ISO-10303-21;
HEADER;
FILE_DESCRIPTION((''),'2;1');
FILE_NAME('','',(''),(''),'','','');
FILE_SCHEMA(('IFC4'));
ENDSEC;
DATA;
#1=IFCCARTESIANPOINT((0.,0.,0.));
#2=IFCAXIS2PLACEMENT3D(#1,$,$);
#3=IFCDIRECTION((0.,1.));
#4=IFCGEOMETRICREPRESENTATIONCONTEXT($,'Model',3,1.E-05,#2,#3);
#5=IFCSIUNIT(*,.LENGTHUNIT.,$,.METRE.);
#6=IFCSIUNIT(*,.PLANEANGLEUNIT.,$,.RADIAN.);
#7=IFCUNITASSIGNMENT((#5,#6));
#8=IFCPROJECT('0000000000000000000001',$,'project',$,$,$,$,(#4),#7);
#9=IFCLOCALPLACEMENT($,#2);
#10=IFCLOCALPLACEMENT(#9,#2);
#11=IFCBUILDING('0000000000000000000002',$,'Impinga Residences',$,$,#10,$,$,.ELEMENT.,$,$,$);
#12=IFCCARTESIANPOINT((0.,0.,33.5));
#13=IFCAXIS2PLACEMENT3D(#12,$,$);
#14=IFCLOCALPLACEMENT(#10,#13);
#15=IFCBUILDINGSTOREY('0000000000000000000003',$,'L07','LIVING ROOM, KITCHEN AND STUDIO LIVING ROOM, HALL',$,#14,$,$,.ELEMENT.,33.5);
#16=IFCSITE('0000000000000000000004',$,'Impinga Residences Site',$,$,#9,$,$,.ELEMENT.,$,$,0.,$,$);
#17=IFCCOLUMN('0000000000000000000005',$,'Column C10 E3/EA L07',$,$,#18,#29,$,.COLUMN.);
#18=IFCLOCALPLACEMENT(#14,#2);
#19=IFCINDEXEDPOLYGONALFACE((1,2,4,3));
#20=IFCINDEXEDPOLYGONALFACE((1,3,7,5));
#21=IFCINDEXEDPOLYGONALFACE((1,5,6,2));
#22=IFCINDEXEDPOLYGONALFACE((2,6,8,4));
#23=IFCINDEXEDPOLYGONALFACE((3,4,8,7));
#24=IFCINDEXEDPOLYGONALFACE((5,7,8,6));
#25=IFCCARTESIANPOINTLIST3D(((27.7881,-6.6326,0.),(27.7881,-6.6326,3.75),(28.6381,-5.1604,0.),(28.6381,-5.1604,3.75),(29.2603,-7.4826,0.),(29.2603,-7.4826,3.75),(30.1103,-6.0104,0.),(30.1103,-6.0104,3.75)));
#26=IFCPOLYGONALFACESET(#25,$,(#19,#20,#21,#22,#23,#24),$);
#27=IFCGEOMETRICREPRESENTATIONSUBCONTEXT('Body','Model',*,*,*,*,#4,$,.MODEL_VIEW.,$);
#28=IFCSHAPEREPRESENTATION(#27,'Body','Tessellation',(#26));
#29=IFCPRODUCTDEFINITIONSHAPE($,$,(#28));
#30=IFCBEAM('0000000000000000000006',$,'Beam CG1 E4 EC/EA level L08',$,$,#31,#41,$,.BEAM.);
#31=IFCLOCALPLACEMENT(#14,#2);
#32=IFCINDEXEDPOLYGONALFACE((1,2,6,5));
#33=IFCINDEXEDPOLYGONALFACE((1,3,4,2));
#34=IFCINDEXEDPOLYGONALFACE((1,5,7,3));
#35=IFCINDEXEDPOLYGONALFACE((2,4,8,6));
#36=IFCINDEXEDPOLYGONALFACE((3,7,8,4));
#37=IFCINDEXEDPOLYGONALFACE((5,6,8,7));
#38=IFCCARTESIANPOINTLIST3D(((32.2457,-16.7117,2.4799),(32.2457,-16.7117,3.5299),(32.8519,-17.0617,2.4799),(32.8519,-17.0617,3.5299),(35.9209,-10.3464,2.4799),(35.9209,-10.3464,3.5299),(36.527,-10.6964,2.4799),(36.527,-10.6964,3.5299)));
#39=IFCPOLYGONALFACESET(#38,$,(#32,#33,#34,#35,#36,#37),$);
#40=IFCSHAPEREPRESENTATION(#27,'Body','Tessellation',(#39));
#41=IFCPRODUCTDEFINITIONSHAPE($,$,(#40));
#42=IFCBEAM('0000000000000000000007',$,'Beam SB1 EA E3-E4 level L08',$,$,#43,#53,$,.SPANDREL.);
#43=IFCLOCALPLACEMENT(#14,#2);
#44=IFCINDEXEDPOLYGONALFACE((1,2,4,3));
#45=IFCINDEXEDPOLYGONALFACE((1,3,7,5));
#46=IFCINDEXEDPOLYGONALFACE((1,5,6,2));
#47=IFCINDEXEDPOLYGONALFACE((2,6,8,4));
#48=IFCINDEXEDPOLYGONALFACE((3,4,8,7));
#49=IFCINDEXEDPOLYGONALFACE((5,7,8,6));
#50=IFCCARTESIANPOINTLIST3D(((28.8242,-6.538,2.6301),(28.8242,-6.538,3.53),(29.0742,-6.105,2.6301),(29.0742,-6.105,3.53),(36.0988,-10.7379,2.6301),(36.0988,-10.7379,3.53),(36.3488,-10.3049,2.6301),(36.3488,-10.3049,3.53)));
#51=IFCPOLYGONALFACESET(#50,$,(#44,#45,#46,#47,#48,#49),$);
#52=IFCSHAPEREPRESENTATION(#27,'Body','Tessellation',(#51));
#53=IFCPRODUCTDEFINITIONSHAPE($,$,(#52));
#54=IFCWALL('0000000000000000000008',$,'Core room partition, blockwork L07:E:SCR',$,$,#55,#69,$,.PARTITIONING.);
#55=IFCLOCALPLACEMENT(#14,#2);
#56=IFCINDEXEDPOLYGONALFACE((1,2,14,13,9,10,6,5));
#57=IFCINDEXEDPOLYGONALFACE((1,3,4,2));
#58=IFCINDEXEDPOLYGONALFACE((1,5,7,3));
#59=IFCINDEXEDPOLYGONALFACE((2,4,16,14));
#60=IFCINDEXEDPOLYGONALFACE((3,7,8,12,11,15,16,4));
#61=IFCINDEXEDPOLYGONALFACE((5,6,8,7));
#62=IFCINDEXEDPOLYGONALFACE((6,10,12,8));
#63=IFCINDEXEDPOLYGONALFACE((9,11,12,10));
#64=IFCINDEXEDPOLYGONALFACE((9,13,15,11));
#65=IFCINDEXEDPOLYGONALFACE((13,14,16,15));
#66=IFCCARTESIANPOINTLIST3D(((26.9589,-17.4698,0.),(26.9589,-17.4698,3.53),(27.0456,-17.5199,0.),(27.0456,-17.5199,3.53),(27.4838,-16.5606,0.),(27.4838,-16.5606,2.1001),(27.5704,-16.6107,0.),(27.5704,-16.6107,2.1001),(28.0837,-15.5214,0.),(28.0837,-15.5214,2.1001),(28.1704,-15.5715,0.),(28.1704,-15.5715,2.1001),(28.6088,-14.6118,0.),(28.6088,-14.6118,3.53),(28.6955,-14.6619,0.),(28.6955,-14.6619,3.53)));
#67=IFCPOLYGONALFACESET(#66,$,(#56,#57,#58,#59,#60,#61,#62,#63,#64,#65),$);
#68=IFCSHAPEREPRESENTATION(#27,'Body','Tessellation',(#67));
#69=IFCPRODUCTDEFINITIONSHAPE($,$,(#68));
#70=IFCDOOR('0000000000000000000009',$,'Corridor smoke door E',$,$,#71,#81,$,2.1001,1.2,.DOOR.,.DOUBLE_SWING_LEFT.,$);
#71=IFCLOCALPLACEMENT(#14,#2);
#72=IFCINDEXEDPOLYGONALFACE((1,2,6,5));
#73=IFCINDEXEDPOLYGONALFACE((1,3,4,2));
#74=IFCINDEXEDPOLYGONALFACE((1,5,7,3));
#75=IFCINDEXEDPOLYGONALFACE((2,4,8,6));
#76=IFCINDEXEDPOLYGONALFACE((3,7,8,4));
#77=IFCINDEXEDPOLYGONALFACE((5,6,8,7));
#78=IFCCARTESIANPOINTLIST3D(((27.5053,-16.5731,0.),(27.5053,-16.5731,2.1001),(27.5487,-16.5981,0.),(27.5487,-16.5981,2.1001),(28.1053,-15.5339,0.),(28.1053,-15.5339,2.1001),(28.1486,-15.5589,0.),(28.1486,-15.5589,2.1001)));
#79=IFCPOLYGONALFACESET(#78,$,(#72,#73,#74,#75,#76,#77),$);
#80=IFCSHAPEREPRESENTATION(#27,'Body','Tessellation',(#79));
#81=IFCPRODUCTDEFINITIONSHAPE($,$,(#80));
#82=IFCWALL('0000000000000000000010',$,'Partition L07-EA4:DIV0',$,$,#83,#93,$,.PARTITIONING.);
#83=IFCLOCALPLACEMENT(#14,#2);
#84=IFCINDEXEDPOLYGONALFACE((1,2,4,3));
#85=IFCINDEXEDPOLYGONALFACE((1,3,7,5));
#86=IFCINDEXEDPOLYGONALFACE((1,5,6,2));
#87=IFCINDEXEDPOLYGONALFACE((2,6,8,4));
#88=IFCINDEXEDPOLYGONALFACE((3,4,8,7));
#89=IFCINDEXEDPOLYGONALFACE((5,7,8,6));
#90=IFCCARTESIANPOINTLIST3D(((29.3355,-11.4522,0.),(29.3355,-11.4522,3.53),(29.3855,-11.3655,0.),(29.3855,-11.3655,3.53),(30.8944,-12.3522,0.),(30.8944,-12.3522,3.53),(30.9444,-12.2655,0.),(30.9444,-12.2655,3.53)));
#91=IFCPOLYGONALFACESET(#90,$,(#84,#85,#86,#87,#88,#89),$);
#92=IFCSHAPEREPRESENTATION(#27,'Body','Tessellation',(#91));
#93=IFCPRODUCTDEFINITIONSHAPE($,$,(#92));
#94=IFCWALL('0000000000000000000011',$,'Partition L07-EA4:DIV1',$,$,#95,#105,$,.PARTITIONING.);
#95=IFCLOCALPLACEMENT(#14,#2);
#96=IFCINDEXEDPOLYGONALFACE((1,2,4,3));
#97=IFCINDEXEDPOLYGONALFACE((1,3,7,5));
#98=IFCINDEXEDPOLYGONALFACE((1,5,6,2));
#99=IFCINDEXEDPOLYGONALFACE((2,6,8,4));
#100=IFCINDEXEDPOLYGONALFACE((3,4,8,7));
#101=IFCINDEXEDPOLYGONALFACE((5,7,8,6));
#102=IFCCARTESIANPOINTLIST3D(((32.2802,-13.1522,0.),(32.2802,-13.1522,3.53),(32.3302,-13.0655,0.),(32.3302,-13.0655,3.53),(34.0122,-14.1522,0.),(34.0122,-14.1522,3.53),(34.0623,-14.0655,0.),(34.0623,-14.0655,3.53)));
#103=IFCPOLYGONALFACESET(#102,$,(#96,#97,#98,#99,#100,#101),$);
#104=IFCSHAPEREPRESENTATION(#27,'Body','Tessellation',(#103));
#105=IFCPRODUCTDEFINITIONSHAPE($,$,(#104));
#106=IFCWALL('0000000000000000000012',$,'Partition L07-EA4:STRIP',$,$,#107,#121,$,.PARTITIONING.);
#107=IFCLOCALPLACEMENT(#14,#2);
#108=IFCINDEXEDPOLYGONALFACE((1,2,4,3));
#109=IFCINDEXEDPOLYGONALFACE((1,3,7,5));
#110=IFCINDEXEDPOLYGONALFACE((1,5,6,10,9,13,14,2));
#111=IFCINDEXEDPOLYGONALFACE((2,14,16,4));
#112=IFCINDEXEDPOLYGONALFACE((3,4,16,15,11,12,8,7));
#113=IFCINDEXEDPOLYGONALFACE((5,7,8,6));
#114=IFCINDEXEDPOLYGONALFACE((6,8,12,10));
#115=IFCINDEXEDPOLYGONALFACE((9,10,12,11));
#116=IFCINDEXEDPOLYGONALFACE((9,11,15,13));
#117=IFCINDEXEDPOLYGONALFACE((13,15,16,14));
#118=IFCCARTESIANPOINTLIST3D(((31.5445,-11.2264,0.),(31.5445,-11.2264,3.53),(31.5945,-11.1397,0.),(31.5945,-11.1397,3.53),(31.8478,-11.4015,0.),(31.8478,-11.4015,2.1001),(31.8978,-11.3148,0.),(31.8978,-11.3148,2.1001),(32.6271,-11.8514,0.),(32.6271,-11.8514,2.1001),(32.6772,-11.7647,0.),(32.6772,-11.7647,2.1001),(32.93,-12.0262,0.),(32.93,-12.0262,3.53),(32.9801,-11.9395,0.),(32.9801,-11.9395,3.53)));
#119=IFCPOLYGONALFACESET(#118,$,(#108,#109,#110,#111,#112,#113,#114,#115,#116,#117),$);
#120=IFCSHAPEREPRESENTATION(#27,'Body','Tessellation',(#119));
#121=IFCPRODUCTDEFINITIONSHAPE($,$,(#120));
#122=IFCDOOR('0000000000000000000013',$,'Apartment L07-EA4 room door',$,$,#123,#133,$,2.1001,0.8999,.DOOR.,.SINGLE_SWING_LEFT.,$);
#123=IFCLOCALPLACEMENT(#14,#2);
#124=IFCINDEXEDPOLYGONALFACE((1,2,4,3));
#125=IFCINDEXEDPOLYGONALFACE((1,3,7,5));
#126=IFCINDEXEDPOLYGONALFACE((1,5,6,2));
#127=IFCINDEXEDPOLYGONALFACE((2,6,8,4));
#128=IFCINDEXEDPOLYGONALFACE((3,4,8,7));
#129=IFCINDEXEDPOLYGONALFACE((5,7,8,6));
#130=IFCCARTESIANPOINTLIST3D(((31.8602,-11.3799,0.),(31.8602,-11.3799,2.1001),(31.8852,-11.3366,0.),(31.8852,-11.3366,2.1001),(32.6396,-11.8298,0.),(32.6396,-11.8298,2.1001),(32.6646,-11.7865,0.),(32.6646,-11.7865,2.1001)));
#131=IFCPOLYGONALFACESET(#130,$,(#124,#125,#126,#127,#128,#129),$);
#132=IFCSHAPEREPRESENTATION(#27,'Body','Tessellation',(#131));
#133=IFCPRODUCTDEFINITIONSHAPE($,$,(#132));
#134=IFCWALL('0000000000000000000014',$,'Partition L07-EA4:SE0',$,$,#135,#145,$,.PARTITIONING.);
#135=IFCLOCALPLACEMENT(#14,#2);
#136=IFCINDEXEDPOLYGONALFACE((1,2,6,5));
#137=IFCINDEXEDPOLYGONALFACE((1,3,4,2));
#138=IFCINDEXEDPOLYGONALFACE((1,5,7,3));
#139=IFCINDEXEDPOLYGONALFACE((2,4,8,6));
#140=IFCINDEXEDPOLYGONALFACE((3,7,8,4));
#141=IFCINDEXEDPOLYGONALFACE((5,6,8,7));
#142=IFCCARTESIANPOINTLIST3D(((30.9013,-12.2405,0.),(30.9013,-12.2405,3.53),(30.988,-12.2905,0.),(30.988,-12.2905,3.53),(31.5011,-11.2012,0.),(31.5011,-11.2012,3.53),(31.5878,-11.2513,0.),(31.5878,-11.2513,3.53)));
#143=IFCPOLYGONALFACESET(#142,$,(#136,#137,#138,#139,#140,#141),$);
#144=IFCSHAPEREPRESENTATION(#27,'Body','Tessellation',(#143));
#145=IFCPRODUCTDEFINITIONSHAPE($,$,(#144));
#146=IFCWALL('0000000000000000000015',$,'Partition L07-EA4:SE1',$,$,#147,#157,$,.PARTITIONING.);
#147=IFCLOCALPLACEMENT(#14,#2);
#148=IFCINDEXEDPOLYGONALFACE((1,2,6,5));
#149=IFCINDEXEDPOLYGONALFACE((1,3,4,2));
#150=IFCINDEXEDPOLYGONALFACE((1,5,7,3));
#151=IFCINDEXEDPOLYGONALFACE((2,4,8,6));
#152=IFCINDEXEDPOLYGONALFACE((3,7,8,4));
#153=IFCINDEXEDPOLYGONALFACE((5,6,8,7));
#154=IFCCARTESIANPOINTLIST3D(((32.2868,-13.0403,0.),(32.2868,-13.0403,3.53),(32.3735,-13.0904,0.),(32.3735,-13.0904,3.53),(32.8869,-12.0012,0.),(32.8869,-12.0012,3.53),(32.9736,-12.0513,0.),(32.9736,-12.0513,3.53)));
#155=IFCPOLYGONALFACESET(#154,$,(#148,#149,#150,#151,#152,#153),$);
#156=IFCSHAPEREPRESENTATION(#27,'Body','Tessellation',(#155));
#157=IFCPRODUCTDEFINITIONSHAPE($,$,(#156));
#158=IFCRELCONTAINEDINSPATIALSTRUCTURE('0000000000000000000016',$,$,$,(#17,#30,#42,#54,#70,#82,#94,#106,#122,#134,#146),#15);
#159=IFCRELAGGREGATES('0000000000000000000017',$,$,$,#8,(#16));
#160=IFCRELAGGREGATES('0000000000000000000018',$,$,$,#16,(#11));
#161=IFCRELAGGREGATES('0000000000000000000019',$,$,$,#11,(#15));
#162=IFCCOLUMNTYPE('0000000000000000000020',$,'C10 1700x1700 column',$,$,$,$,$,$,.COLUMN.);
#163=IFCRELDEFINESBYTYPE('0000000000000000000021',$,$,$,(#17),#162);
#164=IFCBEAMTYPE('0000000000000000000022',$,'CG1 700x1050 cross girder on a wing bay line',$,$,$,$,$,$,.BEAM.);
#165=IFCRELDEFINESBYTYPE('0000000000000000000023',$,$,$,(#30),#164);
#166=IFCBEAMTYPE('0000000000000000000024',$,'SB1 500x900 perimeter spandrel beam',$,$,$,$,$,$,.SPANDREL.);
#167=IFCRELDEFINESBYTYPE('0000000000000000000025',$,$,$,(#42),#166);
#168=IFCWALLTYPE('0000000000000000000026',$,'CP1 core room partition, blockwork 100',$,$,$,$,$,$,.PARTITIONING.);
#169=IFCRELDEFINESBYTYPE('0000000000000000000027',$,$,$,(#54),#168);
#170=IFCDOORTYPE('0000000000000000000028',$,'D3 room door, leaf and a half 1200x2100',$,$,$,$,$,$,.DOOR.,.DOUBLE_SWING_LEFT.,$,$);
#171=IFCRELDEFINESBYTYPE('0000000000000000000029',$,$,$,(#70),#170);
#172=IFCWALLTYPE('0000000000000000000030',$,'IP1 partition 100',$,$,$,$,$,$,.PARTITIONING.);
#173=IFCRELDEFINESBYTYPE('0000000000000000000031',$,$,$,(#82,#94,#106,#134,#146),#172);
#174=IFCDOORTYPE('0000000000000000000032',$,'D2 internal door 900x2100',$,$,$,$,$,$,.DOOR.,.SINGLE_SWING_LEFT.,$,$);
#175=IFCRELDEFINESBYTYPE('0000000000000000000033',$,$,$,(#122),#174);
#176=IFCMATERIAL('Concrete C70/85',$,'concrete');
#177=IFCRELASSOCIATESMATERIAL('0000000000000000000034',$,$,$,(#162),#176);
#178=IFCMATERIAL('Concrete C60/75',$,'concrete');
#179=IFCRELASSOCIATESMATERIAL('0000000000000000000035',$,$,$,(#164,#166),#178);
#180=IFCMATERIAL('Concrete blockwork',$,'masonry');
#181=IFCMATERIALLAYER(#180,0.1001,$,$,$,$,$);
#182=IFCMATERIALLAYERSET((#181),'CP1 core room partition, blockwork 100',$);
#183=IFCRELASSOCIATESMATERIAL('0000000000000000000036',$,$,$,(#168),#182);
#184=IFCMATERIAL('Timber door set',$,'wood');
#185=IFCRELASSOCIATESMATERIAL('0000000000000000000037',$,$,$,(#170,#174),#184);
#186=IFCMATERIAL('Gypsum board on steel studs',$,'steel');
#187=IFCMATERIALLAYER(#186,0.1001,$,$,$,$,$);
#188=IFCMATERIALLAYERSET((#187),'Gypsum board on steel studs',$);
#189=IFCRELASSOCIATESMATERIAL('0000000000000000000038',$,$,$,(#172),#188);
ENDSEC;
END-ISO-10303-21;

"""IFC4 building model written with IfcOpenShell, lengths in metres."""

from ifc_helpers import new_model, si_unit, direction, frame, frame_2d, origin, origin_2d, place, context, subcontext, project, spatial, rectangle, extrude, material, layer, layer_set, material_profile, profile_set, type_object, element, fill, save


model = new_model("IFC4")

# Units and contexts
model_context = context("Model", 3, precision=1e-05, world=origin(), true_north=direction((0.0, 1.0)))
body_context = subcontext(model_context, "Body", "Model", "MODEL_VIEW")
ifc_project = project(units=[si_unit("LENGTHUNIT", "METRE"), si_unit("PLANEANGLEUNIT", "RADIAN")], contexts=[model_context])

# Site, building, storey
site_placement = place(None, origin())
site = spatial("IfcSite", under=ifc_project, at=site_placement, Name="Impinga Residences Site", CompositionType="ELEMENT", RefElevation=0.0)
building_placement = place(site_placement, origin())
building = spatial("IfcBuilding", under=site, at=building_placement, Name="Impinga Residences", CompositionType="ELEMENT")
storey_placement = place(building_placement, frame((0.0, 0.0, 33.5)))
storey = spatial("IfcBuildingStorey", under=building, at=storey_placement, Name="L07", Description="LIVING ROOM, KITCHEN AND STUDIO LIVING ROOM, HALL", CompositionType="ELEMENT", Elevation=33.5)

# Column
ifc_material_1 = material(Name="Concrete C70/85", Category="concrete")
ifc_material_profile_1 = material_profile(ifc_material_1, rectangle(XDim=1.7, YDim=1.7, at=origin_2d()), Name="RC 1700x1700")
ifc_profile_set_1 = profile_set([ifc_material_profile_1], Name="Concrete C70/85")
column_type = type_object("IfcColumnType", Name="C10 1700x1700 column", PredefinedType="COLUMN", material=ifc_profile_set_1)
column_placement = place(storey_placement, frame((28.9492, -6.3215, 0.0), z_axis=(0.0, 0.0, 1.0), x_axis=(-0.5, -0.866025, 0.0)))
element("IfcColumn", 1, at=column_placement, inside=storey, type_object=column_type, Name="Column C10 E3/EA L07", PredefinedType="COLUMN", context=body_context, shape_type="SweptSolid", body=[
    extrude(rectangle(XDim=1.7, YDim=1.7, at=origin_2d()), origin(), (0.0, 0.0, 1.0), 3.75),
])

# Beams
ifc_material_2 = material(Name="Concrete C60/75", Category="concrete")
ifc_material_profile_2 = material_profile(ifc_material_2, rectangle(XDim=0.7, YDim=1.05, at=origin_2d()), Name="RC 700x1050")
ifc_profile_set_2 = profile_set([ifc_material_profile_2], Name="Concrete C60/75")
beam_type_1 = type_object("IfcBeamType", Name="CG1 700x1050 cross girder on a wing bay line", PredefinedType="BEAM", material=ifc_profile_set_2)
beam_1_placement = place(storey_placement, frame((32.5488, -16.8867, 3.0049), z_axis=(0.500008, 0.866021, 0.0), x_axis=(-0.866021, 0.500008, 0.0)))
element("IfcBeam", 2, at=beam_1_placement, inside=storey, type_object=beam_type_1, Name="Beam CG1 E4 EC/EA level L08", PredefinedType="BEAM", context=body_context, shape_type="SweptSolid", body=[
    extrude(rectangle(XDim=0.7, YDim=1.05, at=origin_2d()), origin(), (0.0, 0.0, 1.0), 7.3501),
])
ifc_material_profile_3 = material_profile(ifc_material_2, rectangle(XDim=0.5, YDim=0.8999, at=origin_2d()), Name="RC 500x900")
ifc_profile_set_3 = profile_set([ifc_material_profile_3], Name="Concrete C60/75")
beam_type_2 = type_object("IfcBeamType", Name="SB1 500x900 perimeter spandrel beam", PredefinedType="SPANDREL", material=ifc_profile_set_3)
beam_2_placement = place(storey_placement, frame((28.9492, -6.3215, 3.0801), z_axis=(0.866029, -0.499993, 0.0), x_axis=(0.499993, 0.866029, 0.0)))
element("IfcBeam", 3, at=beam_2_placement, inside=storey, type_object=beam_type_2, Name="Beam SB1 EA E3-E4 level L08", PredefinedType="SPANDREL", context=body_context, shape_type="SweptSolid", body=[
    extrude(rectangle(XDim=0.5, YDim=0.8999, at=origin_2d()), origin(), (0.0, 0.0, 1.0), 8.3999),
])

# Wall, opening, door
ifc_material_3 = material(Name="Concrete blockwork", Category="masonry")
ifc_layer_1 = layer(ifc_material_3, 0.1001)
ifc_layer_set_1 = layer_set([ifc_layer_1], Name="CP1 core room partition, blockwork 100")
wall_type_1 = type_object("IfcWallType", Name="CP1 core room partition, blockwork 100", PredefinedType="PARTITIONING", material=ifc_layer_set_1)
wall_1_placement = place(storey_placement, frame((28.6521, -14.637, 0.0), z_axis=(0.0, 0.0, 1.0), x_axis=(-0.499974, -0.86604, 0.0)))
wall_1 = element("IfcWall", 4, at=wall_1_placement, inside=storey, type_object=wall_type_1, Name="Core room partition, blockwork L07:E:SCR", PredefinedType="PARTITIONING", context=body_context, shape_type="SweptSolid", body=[
    extrude(rectangle(XDim=3.3, YDim=0.1001, at=frame_2d((1.6499, 0.0))), origin(), (0.0, 0.0, 1.0), 3.53),
])
opening_1_placement = place(wall_1_placement, frame((1.05, 0.0, 0.0)))
opening_1 = element("IfcOpeningElement", 5, at=opening_1_placement, cuts=wall_1, PredefinedType="OPENING", context=body_context, shape_type="SweptSolid", body=[
    extrude(rectangle(XDim=1.2, YDim=2.1001, at=frame_2d((0.6001, 1.05))), frame((0.0, 0.0601, 0.0), z_axis=(0.0, -1.0, 0.0), x_axis=(1.0, 0.0, 0.0)), (0.0, 0.0, 1.0), 0.1201),
])
ifc_material_4 = material(Name="Timber door set", Category="wood")
door_type_1 = type_object("IfcDoorType", Name="D3 room door, leaf and a half 1200x2100", OperationType="DOUBLE_SWING_LEFT", PredefinedType="DOOR", material=ifc_material_4)
door_1_placement = place(opening_1_placement, origin())
door_1 = element("IfcDoor", 6, at=door_1_placement, inside=storey, type_object=door_type_1, Name="Corridor smoke door E", OperationType="DOUBLE_SWING_LEFT", OverallHeight=2.1001, OverallWidth=1.2, PredefinedType="DOOR", context=body_context, shape_type="SweptSolid", body=[
    extrude(rectangle(XDim=1.2, YDim=2.1001, at=frame_2d((0.6001, 1.05))), frame((0.0, 0.0249, 0.0), z_axis=(0.0, -1.0, 0.0), x_axis=(1.0, 0.0, 0.0)), (0.0, 0.0, 1.0), 0.05),
])
fill(opening_1, door_1)

# Walls
ifc_material_5 = material(Name="Gypsum board on steel studs", Category="steel")
ifc_layer_2 = layer(ifc_material_5, 0.1001)
ifc_layer_set_2 = layer_set([ifc_layer_2], Name="Gypsum board on steel studs")
wall_type_2 = type_object("IfcWallType", Name="IP1 partition 100", PredefinedType="PARTITIONING", material=ifc_layer_set_2)
wall_2_placement = place(storey_placement, frame((29.3606, -11.4089, 0.0), z_axis=(0.0, 0.0, 1.0), x_axis=(0.866048, -0.499961, 0.0)))
element("IfcWall", 7, at=wall_2_placement, inside=storey, type_object=wall_type_2, Name="Partition L07-EA4:DIV0", PredefinedType="PARTITIONING", context=body_context, shape_type="SweptSolid", body=[
    extrude(rectangle(XDim=1.8, YDim=0.1001, at=frame_2d((0.8999, 0.0))), origin(), (0.0, 0.0, 1.0), 3.53),
])
wall_3_placement = place(storey_placement, frame((32.3052, -13.1089, 0.0), z_axis=(0.0, 0.0, 1.0), x_axis=(0.866041, -0.499973, 0.0)))
element("IfcWall", 8, at=wall_3_placement, inside=storey, type_object=wall_type_2, Name="Partition L07-EA4:DIV1", PredefinedType="PARTITIONING", context=body_context, shape_type="SweptSolid", body=[
    extrude(rectangle(XDim=2.0, YDim=0.1001, at=frame_2d((1.0, 0.0))), origin(), (0.0, 0.0, 1.0), 3.53),
])

# Wall, opening, door
wall_4_placement = place(storey_placement, frame((31.5696, -11.1831, 0.0), z_axis=(0.0, 0.0, 1.0), x_axis=(0.866056, -0.499947, 0.0)))
wall_4 = element("IfcWall", 9, at=wall_4_placement, inside=storey, type_object=wall_type_2, Name="Partition L07-EA4:STRIP", PredefinedType="PARTITIONING", context=body_context, shape_type="SweptSolid", body=[
    extrude(rectangle(XDim=1.5999, YDim=0.1001, at=frame_2d((0.7998, 0.0))), origin(), (0.0, 0.0, 1.0), 3.53),
])
opening_2_placement = place(wall_4_placement, frame((0.3501, 0.0, 0.0)))
opening_2 = element("IfcOpeningElement", 10, at=opening_2_placement, cuts=wall_4, PredefinedType="OPENING", context=body_context, shape_type="SweptSolid", body=[
    extrude(rectangle(XDim=0.8999, YDim=2.1001, at=frame_2d((0.45, 1.05))), frame((0.0, 0.0601, 0.0), z_axis=(0.0, -1.0, 0.0), x_axis=(1.0, 0.0, 0.0)), (0.0, 0.0, 1.0), 0.1201),
])
door_type_2 = type_object("IfcDoorType", Name="D2 internal door 900x2100", OperationType="SINGLE_SWING_LEFT", PredefinedType="DOOR", material=ifc_material_4)
door_2_placement = place(opening_2_placement, origin())
door_2 = element("IfcDoor", 11, at=door_2_placement, inside=storey, type_object=door_type_2, Name="Apartment L07-EA4 room door", OperationType="SINGLE_SWING_LEFT", OverallHeight=2.1001, OverallWidth=0.8999, PredefinedType="DOOR", context=body_context, shape_type="SweptSolid", body=[
    extrude(rectangle(XDim=0.8999, YDim=2.1001, at=frame_2d((0.45, 1.05))), frame((0.0, 0.0249, 0.0), z_axis=(0.0, -1.0, 0.0), x_axis=(1.0, 0.0, 0.0)), (0.0, 0.0, 1.0), 0.05),
])
fill(opening_2, door_2)

# Walls
for number, where, z_axis, x_axis, name in (
    (12, (30.9446, -12.2656, 0.0), (0.0, 0.0, 1.0), (0.499881, 0.866094, 0.0), "Partition L07-EA4:SE0"),
    (13, (32.3301, -13.0654, 0.0), (0.0, 0.0, 1.0), (0.500122, 0.865955, 0.0), "Partition L07-EA4:SE1"),
):
    element("IfcWall", number, at=place(storey_placement, frame(where, z_axis=z_axis, x_axis=x_axis)), inside=storey, type_object=wall_type_2, Name=name, PredefinedType="PARTITIONING", context=body_context, shape_type="SweptSolid", body=[
        extrude(rectangle(XDim=1.2, YDim=0.1001, at=frame_2d((0.6001, 0.0))), origin(), (0.0, 0.0, 1.0), 3.53),
    ])

save(model, "model.ifc")
